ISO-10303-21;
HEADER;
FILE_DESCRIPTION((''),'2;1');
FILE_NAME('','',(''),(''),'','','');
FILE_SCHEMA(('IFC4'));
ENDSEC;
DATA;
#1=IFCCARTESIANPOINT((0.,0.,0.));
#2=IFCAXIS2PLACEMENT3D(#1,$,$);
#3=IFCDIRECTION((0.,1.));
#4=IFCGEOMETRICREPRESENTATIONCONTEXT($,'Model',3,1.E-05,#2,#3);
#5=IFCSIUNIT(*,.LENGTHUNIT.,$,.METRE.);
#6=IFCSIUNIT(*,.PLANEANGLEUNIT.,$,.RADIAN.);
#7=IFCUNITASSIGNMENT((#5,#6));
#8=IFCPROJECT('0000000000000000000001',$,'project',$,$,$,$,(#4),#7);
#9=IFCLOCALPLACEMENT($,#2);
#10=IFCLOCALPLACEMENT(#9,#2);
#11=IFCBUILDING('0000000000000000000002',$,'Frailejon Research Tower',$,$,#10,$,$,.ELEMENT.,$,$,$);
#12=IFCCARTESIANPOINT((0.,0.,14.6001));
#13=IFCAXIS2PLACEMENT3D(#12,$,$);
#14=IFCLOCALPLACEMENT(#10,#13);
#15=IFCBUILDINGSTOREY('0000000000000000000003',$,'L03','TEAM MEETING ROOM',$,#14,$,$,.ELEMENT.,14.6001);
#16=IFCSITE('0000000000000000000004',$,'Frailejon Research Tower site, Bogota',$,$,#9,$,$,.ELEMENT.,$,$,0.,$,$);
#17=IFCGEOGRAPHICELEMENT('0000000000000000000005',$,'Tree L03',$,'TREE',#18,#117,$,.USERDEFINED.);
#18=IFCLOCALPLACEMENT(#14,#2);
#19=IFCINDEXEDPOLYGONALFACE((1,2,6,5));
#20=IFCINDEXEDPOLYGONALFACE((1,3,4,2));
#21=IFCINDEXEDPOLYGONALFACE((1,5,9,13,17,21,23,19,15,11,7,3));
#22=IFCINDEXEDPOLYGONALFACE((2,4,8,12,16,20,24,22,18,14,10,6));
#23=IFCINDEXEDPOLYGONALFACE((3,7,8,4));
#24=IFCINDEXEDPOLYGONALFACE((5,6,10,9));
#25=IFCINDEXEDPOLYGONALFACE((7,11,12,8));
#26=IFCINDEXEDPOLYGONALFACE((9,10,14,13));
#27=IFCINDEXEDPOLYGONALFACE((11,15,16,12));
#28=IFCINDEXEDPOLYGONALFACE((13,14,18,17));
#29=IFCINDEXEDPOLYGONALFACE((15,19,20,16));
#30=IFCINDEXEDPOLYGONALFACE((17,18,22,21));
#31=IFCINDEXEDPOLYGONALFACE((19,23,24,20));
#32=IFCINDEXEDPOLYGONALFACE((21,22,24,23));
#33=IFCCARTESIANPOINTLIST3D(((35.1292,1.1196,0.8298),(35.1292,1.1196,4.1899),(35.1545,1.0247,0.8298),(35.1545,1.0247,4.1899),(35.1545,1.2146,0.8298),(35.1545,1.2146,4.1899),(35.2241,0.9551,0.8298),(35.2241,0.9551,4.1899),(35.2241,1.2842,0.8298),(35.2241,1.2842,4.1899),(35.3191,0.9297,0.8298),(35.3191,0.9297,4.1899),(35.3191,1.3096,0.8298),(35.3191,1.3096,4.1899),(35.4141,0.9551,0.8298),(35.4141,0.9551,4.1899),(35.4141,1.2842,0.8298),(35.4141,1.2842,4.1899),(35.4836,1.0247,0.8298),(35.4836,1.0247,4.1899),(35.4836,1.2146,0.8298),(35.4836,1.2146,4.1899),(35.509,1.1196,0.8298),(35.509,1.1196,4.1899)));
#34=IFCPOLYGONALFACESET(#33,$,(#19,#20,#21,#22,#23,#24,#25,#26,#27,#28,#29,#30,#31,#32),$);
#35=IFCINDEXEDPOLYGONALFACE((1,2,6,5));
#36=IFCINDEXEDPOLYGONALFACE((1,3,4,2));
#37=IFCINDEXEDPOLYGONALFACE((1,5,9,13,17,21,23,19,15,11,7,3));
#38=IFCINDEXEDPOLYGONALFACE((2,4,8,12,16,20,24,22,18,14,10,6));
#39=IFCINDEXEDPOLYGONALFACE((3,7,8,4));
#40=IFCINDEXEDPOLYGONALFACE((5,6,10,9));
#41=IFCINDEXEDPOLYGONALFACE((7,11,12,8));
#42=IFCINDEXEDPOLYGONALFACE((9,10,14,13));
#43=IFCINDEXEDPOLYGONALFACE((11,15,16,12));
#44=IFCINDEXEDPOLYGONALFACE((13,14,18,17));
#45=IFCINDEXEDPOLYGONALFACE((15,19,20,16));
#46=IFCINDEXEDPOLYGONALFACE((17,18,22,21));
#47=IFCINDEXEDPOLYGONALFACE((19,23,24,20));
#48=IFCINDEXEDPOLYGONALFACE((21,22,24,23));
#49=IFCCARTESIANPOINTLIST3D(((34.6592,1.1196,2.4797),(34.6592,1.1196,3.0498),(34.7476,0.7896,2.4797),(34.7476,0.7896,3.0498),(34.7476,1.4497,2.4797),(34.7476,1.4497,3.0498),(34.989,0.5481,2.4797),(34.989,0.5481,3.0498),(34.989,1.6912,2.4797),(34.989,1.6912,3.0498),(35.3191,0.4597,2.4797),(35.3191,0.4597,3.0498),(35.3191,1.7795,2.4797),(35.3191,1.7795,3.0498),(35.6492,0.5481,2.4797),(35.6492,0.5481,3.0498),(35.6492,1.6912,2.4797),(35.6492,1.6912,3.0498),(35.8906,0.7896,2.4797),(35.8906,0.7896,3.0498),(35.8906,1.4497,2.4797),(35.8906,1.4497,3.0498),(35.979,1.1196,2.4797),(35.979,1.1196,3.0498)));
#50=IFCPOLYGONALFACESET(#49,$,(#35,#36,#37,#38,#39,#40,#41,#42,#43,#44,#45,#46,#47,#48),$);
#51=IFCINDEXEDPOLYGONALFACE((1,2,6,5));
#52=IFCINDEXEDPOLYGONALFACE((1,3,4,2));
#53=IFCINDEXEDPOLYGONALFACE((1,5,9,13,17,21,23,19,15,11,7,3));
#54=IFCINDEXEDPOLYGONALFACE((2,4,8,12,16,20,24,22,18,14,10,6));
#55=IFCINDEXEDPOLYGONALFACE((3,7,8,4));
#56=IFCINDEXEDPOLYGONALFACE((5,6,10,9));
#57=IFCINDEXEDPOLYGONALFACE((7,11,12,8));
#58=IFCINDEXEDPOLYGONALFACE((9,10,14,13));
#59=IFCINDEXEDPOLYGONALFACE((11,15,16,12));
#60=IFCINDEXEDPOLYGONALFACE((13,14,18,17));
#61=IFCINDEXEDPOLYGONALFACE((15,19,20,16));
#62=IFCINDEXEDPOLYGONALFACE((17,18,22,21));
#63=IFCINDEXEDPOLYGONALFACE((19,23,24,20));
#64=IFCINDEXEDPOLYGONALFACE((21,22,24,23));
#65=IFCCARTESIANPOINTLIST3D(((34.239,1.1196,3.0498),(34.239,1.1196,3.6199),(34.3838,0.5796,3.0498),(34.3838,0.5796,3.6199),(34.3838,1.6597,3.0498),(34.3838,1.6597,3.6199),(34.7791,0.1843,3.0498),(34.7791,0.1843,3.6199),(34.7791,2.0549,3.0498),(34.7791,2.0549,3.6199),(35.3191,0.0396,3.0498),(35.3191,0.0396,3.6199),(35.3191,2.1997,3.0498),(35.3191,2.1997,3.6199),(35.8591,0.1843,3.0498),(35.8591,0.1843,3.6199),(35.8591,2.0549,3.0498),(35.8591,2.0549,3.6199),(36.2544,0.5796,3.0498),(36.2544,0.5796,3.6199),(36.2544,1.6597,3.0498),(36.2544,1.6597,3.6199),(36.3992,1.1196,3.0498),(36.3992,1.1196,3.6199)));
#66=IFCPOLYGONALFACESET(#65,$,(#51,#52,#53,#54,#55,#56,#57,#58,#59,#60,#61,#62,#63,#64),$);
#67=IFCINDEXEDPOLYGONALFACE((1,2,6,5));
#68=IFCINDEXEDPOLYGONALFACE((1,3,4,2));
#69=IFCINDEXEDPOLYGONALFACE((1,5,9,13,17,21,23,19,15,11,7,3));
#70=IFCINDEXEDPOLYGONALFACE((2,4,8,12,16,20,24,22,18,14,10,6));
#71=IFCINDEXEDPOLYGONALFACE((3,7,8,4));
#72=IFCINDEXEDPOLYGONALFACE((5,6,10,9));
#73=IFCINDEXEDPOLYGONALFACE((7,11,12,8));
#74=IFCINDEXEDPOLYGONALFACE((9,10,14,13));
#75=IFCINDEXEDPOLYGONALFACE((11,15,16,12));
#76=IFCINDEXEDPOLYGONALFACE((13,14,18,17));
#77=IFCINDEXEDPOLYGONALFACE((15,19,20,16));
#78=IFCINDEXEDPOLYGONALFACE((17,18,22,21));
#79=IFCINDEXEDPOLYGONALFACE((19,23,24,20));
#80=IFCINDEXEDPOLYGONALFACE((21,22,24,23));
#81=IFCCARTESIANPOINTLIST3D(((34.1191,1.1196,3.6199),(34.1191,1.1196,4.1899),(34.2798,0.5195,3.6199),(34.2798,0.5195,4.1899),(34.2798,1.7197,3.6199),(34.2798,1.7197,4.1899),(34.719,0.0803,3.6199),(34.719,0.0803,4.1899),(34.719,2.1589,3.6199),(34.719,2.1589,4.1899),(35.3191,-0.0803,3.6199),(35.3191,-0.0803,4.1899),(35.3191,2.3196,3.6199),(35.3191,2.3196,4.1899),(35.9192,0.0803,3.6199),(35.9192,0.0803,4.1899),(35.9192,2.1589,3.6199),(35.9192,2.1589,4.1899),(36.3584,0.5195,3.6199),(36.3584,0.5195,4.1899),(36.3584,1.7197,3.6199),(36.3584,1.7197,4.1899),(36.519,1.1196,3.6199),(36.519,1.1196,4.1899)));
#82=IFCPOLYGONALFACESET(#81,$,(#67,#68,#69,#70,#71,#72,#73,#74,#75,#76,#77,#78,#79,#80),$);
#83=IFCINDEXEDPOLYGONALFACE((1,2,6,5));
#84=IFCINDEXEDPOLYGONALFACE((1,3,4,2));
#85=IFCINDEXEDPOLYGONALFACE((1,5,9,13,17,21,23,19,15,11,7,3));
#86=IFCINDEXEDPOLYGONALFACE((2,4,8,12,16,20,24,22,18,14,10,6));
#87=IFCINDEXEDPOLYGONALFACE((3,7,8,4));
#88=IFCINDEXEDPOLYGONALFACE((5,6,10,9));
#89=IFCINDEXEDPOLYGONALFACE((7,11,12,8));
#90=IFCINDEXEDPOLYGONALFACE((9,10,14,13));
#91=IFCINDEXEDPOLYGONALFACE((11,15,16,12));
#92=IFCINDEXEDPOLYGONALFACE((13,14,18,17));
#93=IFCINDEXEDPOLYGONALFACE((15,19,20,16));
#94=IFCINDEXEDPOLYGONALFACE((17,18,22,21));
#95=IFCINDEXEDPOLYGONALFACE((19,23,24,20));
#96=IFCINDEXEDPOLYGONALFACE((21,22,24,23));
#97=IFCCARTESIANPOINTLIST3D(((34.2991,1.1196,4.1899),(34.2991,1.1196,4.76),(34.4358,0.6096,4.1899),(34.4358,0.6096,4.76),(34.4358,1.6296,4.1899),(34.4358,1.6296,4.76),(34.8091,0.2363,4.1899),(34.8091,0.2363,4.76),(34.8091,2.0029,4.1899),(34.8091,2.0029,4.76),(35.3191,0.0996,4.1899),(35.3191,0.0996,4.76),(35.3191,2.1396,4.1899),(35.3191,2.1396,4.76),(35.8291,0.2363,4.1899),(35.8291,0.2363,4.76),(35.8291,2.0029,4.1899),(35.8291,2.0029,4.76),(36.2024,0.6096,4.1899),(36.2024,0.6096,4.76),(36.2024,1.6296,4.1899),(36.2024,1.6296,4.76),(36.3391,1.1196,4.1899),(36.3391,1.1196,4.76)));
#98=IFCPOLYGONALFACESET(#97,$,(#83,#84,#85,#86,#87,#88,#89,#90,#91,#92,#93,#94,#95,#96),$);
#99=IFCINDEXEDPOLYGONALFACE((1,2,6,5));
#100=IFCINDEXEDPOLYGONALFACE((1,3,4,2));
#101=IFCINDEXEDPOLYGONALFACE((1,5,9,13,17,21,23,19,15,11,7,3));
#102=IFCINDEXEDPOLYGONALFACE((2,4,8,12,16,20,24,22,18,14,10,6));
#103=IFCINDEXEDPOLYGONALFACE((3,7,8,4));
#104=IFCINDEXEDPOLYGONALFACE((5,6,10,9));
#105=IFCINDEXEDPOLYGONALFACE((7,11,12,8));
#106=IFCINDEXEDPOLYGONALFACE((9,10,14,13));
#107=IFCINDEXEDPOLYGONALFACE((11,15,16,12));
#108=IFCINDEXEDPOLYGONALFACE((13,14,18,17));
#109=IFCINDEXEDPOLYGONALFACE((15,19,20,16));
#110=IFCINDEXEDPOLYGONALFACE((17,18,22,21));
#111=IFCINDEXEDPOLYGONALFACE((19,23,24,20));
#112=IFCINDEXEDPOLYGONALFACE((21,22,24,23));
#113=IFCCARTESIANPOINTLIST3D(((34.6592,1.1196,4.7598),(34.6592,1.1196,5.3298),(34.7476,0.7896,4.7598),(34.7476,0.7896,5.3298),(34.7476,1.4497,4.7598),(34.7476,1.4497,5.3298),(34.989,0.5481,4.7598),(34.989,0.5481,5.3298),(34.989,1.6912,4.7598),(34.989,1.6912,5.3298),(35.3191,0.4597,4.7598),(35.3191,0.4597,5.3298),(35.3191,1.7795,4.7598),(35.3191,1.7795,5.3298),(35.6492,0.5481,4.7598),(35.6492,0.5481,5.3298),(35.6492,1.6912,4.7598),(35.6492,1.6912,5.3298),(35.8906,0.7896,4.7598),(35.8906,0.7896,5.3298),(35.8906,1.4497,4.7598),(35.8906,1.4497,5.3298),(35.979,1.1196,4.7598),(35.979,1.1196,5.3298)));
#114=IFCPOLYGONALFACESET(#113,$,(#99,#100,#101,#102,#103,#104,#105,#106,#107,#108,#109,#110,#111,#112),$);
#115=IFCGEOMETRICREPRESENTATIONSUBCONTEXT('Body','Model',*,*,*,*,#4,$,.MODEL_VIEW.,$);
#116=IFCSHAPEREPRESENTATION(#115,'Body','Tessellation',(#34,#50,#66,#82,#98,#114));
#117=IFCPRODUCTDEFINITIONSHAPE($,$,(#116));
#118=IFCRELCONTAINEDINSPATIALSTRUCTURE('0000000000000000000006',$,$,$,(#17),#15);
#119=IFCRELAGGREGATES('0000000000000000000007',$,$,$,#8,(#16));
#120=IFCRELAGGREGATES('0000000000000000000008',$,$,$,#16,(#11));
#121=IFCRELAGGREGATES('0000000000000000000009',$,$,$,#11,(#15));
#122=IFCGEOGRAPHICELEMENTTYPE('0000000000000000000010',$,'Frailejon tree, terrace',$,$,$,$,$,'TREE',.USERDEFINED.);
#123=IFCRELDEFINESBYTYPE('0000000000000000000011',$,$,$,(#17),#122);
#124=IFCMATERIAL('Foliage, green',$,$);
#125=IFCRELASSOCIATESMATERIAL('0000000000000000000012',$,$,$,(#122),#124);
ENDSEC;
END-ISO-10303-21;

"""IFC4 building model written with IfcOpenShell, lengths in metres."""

from ifc_helpers import new_model, si_unit, direction, frame, origin, place, context, subcontext, project, spatial, polyline, outline, extrude, material, type_object, element, save


model = new_model("IFC4")

# Units and contexts
model_context = context("Model", 3, precision=1e-05, world=origin(), true_north=direction((0.0, 1.0)))
body_context = subcontext(model_context, "Body", "Model", "MODEL_VIEW")
ifc_project = project(units=[si_unit("LENGTHUNIT", "METRE"), si_unit("PLANEANGLEUNIT", "RADIAN")], contexts=[model_context])

# Site, building, storey
site_placement = place(None, origin())
site = spatial("IfcSite", under=ifc_project, at=site_placement, Name="Frailejon Research Tower site, Bogota", CompositionType="ELEMENT", RefElevation=0.0)
building_placement = place(site_placement, origin())
building = spatial("IfcBuilding", under=site, at=building_placement, Name="Frailejon Research Tower", CompositionType="ELEMENT")
storey_placement = place(building_placement, frame((0.0, 0.0, 14.6001)))
storey = spatial("IfcBuildingStorey", under=building, at=storey_placement, Name="L03", Description="TEAM MEETING ROOM", CompositionType="ELEMENT", Elevation=14.6001)

# Geographic element
ifc_material_1 = material(Name="Foliage, green")
geographic_element_type = type_object("IfcGeographicElementType", Name="Frailejon tree, terrace", ElementType="TREE", PredefinedType="USERDEFINED", material=ifc_material_1)
geographic_element_placement = place(storey_placement, frame((35.3191, 1.1196, 0.8298)))
element("IfcGeographicElement", 1, at=geographic_element_placement, inside=storey, type_object=geographic_element_type, Name="Tree L03", ObjectType="TREE", PredefinedType="USERDEFINED", context=body_context, shape_type="SweptSolid", body=[
    extrude(outline(polyline([(0.1899, 0.0), (0.1646, 0.095), (0.095, 0.1646), (0.0, 0.1899), (-0.095, 0.1646), (-0.1646, 0.095), (-0.1899, 0.0), (-0.1646, -0.095), (-0.095, -0.1646), (0.0, -0.1899), (0.095, -0.1646), (0.1646, -0.095), (0.1899, 0.0)])), origin(), (0.0, 0.0, 1.0), 3.3601),
    extrude(outline(polyline([(0.6599, 0.0), (0.5715, 0.3301), (0.3301, 0.5715), (0.0, 0.6599), (-0.3301, 0.5715), (-0.5715, 0.3301), (-0.6599, 0.0), (-0.5715, -0.3301), (-0.3301, -0.5715), (0.0, -0.6599), (0.3301, -0.5715), (0.5715, -0.3301), (0.6599, 0.0)])), frame((0.0, 0.0, 1.6499)), (0.0, 0.0, 1.0), 0.5701),
    extrude(outline(polyline([(1.0801, 0.0), (0.9353, 0.54), (0.54, 0.9353), (0.0, 1.0801), (-0.54, 0.9353), (-0.9353, 0.54), (-1.0801, 0.0), (-0.9353, -0.54), (-0.54, -0.9353), (0.0, -1.0801), (0.54, -0.9353), (0.9353, -0.54), (1.0801, 0.0)])), frame((0.0, 0.0, 2.22)), (0.0, 0.0, 1.0), 0.5701),
    extrude(outline(polyline([(1.2, 0.0), (1.0393, 0.6001), (0.6001, 1.0393), (0.0, 1.2), (-0.6001, 1.0393), (-1.0393, 0.6001), (-1.2, 0.0), (-1.0393, -0.6001), (-0.6001, -1.0393), (0.0, -1.2), (0.6001, -1.0393), (1.0393, -0.6001), (1.2, 0.0)])), frame((0.0, 0.0, 2.79)), (0.0, 0.0, 1.0), 0.5701),
    extrude(outline(polyline([(1.02, 0.0), (0.8833, 0.51), (0.51, 0.8833), (0.0, 1.02), (-0.51, 0.8833), (-0.8833, 0.51), (-1.02, 0.0), (-0.8833, -0.51), (-0.51, -0.8833), (0.0, -1.02), (0.51, -0.8833), (0.8833, -0.51), (1.02, 0.0)])), frame((0.0, 0.0, 3.3601)), (0.0, 0.0, 1.0), 0.5701),
    extrude(outline(polyline([(0.6599, 0.0), (0.5715, 0.3301), (0.3301, 0.5715), (0.0, 0.6599), (-0.3301, 0.5715), (-0.5715, 0.3301), (-0.6599, 0.0), (-0.5715, -0.3301), (-0.3301, -0.5715), (0.0, -0.6599), (0.3301, -0.5715), (0.5715, -0.3301), (0.6599, 0.0)])), frame((0.0, 0.0, 3.9299)), (0.0, 0.0, 1.0), 0.5701),
])

save(model, "model.ifc")
